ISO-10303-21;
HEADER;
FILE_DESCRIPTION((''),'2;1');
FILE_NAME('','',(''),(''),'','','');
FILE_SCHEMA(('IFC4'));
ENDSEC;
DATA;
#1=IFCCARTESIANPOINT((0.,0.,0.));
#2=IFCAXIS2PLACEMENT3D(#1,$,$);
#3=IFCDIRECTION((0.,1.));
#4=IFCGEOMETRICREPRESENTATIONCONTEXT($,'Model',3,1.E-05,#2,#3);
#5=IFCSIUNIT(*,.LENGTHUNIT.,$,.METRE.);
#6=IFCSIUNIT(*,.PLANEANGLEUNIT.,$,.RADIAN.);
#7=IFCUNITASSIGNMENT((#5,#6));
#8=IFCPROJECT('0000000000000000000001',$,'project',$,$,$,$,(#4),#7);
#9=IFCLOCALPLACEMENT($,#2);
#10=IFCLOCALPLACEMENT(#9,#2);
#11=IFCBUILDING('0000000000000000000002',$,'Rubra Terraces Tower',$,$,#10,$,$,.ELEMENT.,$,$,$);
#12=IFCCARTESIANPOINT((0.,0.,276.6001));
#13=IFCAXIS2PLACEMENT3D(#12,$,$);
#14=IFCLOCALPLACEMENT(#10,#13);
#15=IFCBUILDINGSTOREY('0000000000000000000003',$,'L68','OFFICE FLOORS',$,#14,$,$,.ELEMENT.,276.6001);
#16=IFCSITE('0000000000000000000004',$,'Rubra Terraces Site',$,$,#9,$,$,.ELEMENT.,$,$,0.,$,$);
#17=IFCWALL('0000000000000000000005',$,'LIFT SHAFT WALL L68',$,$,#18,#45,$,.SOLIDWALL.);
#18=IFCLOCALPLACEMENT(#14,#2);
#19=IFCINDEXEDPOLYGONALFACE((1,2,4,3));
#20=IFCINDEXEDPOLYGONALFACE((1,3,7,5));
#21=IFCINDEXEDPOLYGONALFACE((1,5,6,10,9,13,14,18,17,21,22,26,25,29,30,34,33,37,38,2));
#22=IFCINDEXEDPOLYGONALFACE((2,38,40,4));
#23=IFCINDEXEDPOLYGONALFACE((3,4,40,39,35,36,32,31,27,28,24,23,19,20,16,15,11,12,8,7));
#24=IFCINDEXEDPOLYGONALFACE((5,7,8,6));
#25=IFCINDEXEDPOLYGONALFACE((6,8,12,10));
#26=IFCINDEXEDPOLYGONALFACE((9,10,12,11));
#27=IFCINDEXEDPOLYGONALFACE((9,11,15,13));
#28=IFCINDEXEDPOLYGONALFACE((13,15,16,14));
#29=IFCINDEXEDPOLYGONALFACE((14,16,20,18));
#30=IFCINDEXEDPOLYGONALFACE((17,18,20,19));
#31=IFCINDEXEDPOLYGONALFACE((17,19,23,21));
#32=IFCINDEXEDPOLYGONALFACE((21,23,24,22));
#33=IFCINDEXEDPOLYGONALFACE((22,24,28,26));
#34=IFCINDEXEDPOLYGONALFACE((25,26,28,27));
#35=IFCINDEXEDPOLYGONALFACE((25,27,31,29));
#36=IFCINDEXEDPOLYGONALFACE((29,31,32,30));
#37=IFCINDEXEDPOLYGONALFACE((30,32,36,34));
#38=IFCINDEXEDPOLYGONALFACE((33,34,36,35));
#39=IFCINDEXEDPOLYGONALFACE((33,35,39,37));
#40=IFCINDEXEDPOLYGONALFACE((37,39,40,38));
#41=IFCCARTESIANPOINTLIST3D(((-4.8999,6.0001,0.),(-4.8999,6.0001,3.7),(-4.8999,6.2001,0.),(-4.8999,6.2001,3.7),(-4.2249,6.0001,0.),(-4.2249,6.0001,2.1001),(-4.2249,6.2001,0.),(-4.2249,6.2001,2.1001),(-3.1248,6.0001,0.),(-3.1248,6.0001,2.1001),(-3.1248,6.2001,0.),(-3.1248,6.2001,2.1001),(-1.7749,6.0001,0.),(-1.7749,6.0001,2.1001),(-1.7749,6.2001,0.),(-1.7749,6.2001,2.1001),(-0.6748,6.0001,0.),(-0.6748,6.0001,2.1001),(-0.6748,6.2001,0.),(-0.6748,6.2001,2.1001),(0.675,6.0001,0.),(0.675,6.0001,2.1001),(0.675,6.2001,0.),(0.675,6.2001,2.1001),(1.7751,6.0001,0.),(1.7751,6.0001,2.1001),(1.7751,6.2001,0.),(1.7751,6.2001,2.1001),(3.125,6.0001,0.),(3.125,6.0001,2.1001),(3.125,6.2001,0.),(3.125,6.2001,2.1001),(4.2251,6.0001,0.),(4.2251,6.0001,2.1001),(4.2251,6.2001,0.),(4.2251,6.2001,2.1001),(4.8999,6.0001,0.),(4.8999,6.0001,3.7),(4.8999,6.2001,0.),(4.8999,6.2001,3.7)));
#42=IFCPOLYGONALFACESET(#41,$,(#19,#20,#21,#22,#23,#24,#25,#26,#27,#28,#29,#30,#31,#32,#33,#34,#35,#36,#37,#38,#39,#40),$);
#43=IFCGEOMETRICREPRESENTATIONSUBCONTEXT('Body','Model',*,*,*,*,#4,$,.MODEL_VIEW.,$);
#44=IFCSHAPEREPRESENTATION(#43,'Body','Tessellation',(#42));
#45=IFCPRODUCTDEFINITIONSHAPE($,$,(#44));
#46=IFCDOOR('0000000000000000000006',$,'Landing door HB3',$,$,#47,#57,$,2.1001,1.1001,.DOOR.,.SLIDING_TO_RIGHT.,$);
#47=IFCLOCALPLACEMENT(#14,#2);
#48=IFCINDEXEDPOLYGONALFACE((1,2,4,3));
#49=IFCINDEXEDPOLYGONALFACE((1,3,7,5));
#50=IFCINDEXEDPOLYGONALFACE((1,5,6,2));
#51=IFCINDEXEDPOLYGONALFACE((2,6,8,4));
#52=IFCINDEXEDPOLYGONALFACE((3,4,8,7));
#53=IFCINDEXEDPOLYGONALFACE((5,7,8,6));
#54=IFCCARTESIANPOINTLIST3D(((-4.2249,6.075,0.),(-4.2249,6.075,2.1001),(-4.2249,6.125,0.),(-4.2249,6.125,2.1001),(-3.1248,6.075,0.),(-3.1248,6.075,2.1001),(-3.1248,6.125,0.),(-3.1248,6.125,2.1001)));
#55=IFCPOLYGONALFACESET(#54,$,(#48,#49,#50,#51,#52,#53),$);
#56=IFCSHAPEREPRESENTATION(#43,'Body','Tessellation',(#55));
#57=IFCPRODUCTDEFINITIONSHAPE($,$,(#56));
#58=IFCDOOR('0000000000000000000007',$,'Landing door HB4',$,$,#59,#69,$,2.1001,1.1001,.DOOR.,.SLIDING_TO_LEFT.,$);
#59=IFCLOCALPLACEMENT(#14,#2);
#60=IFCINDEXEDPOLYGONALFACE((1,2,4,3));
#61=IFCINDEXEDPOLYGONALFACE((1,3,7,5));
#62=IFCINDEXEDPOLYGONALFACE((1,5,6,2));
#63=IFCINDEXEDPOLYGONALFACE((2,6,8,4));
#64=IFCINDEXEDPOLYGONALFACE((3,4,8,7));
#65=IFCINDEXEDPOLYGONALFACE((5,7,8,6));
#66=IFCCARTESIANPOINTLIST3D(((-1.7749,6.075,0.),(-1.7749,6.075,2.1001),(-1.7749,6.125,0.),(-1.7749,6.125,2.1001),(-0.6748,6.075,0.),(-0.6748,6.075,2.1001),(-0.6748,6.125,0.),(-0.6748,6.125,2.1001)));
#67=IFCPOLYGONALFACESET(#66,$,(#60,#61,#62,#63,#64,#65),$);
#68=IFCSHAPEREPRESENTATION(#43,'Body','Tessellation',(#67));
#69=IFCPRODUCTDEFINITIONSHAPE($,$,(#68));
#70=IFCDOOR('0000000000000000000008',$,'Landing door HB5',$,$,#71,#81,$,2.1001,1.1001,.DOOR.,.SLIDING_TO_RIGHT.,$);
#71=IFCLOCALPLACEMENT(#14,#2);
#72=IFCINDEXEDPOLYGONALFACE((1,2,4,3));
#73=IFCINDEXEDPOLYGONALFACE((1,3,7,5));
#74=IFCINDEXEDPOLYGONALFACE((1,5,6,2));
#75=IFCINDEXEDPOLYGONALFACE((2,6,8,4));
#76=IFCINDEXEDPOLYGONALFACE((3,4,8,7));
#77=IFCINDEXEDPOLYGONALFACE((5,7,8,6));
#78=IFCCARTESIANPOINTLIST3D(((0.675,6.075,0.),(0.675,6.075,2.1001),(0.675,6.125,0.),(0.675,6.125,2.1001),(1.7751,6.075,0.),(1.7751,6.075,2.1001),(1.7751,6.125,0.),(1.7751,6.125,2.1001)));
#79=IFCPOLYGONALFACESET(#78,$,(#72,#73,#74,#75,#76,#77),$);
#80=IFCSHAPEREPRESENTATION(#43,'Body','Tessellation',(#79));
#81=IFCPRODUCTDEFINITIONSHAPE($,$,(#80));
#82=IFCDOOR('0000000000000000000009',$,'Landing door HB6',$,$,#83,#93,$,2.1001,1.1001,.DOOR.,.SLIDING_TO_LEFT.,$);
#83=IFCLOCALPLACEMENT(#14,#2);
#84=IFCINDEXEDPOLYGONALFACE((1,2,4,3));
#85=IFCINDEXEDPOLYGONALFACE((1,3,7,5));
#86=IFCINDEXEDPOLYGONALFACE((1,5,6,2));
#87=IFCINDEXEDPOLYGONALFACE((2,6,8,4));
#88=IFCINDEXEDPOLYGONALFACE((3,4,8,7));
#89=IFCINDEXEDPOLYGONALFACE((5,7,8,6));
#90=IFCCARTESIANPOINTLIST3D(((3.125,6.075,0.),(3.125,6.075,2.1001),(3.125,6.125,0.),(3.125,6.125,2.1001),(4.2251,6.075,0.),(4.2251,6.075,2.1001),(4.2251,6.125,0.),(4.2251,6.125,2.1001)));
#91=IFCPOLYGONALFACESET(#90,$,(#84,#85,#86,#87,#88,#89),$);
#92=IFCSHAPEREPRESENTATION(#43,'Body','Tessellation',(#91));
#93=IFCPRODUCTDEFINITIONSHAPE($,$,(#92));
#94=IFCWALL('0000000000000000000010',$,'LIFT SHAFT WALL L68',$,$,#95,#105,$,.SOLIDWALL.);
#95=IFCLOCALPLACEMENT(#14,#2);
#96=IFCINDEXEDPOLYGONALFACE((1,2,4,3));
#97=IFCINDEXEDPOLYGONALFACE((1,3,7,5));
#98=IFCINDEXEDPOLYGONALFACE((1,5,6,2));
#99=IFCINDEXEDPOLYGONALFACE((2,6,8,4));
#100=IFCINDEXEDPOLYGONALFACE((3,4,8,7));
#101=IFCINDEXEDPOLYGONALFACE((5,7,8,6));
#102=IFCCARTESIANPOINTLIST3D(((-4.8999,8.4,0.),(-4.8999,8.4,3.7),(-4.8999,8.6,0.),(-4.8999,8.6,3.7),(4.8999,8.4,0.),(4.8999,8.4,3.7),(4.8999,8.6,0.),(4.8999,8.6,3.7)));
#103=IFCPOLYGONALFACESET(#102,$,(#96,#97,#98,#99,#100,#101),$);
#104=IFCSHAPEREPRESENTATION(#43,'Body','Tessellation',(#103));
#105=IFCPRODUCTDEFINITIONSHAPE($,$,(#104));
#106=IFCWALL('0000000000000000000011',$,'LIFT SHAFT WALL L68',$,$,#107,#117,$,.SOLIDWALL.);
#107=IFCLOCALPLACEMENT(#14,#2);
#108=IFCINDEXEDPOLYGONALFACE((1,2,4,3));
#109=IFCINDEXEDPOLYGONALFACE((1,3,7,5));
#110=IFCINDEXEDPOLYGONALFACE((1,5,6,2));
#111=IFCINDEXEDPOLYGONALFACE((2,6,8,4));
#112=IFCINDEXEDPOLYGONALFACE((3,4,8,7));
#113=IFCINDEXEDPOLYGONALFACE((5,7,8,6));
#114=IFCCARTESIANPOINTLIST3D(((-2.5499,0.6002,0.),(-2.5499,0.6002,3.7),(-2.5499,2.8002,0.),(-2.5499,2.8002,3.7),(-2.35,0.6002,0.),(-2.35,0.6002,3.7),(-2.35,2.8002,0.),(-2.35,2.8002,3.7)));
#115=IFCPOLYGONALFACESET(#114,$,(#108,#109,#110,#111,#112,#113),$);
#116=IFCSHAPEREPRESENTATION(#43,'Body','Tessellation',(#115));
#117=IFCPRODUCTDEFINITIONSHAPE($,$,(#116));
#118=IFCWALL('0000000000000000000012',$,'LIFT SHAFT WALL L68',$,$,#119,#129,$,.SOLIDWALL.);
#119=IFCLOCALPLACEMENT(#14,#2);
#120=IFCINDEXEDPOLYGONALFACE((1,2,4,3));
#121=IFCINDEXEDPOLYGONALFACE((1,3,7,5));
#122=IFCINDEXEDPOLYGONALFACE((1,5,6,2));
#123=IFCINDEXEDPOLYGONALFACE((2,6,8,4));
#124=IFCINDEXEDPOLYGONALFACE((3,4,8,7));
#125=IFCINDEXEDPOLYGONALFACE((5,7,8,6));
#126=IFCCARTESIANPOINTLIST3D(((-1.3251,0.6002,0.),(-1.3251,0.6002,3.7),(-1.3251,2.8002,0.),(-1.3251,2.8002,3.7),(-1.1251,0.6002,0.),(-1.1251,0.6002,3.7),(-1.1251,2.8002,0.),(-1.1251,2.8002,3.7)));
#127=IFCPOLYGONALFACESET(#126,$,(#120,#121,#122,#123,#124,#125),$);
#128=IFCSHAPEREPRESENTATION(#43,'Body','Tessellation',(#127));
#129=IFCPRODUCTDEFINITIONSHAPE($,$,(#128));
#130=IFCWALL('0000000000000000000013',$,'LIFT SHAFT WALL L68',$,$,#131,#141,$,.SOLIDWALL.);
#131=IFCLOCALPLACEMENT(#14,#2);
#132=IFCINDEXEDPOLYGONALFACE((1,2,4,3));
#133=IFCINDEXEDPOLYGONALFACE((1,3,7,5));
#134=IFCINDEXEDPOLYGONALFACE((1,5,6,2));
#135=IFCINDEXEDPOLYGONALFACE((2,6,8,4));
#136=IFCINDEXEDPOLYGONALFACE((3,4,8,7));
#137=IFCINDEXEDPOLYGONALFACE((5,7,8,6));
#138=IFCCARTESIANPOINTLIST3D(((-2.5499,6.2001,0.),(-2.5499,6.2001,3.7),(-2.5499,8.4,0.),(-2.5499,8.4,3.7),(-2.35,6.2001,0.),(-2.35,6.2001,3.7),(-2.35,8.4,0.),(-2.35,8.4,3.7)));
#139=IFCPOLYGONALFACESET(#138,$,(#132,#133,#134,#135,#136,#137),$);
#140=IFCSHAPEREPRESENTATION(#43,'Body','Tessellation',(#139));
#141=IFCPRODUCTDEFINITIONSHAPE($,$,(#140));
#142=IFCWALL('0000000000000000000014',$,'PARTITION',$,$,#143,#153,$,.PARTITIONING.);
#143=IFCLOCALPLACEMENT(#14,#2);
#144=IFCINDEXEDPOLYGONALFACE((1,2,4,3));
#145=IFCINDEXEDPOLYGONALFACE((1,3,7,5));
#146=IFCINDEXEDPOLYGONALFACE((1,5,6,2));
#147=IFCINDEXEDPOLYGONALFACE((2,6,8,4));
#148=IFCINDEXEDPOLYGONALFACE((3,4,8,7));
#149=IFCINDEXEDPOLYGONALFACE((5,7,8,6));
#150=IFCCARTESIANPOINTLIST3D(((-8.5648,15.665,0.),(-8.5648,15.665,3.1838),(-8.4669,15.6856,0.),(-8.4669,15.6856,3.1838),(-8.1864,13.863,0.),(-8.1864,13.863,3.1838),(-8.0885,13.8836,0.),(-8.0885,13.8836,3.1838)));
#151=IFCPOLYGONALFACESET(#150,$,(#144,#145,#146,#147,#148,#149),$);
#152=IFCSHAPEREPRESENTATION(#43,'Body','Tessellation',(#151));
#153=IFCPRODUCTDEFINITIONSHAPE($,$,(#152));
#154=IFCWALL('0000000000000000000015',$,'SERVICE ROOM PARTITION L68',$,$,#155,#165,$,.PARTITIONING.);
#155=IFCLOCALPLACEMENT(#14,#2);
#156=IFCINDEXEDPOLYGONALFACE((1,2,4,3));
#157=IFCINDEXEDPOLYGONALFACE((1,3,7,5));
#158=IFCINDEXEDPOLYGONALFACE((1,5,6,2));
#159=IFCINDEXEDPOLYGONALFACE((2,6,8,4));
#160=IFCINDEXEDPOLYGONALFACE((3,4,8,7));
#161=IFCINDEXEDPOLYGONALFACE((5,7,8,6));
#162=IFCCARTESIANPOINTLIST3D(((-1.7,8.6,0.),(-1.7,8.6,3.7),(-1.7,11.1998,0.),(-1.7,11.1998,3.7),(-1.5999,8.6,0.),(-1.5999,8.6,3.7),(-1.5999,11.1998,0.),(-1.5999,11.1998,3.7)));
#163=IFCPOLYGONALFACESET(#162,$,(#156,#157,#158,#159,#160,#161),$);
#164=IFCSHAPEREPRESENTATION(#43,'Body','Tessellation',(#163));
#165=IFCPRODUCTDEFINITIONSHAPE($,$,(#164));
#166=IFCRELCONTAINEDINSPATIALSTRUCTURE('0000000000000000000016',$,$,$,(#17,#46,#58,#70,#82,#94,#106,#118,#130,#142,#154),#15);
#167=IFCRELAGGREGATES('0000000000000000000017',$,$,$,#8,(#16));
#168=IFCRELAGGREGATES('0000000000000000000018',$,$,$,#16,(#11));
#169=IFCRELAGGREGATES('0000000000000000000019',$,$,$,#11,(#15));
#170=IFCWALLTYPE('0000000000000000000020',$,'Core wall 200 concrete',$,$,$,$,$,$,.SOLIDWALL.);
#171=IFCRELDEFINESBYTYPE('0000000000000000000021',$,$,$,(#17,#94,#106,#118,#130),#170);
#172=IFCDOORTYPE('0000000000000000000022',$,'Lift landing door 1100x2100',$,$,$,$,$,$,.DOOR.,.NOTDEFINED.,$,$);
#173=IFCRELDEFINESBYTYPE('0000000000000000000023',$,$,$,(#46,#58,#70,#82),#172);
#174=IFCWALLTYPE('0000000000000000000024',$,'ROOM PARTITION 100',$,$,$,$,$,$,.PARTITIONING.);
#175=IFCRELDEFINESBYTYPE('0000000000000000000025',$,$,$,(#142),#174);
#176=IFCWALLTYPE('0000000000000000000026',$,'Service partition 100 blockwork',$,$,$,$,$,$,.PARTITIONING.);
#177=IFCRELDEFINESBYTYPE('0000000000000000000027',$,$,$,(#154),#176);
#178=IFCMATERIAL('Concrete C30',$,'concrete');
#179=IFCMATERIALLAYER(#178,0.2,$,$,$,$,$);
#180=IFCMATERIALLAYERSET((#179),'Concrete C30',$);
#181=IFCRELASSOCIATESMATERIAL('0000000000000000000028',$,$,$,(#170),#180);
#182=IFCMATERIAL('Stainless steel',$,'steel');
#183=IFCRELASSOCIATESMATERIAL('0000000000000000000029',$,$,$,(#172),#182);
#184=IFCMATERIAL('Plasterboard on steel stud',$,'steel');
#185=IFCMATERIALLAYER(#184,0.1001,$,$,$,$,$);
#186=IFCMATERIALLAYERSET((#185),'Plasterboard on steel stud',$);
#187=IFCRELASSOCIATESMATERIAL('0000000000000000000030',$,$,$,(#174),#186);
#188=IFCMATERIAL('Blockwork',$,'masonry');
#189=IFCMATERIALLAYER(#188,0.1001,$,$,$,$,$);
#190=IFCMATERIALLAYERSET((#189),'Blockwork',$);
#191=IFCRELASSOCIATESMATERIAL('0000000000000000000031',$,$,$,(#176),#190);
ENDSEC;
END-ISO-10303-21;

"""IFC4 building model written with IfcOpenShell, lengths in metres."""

from ifc_helpers import new_model, si_unit, direction, frame, frame_2d, origin, place, context, subcontext, project, spatial, rectangle, extrude, material, layer, layer_set, type_object, element, fill, save


model = new_model("IFC4")

# Units and contexts
model_context = context("Model", 3, precision=1e-05, world=origin(), true_north=direction((0.0, 1.0)))
body_context = subcontext(model_context, "Body", "Model", "MODEL_VIEW")
ifc_project = project(units=[si_unit("LENGTHUNIT", "METRE"), si_unit("PLANEANGLEUNIT", "RADIAN")], contexts=[model_context])

# Site, building, storey
site_placement = place(None, origin())
site = spatial("IfcSite", under=ifc_project, at=site_placement, Name="Rubra Terraces Site", CompositionType="ELEMENT", RefElevation=0.0)
building_placement = place(site_placement, origin())
building = spatial("IfcBuilding", under=site, at=building_placement, Name="Rubra Terraces Tower", CompositionType="ELEMENT")
storey_placement = place(building_placement, frame((0.0, 0.0, 276.6001)))
storey = spatial("IfcBuildingStorey", under=building, at=storey_placement, Name="L68", Description="OFFICE FLOORS", CompositionType="ELEMENT", Elevation=276.6001)

# Shared definitions
ifc_material_1 = material(Name="Concrete C30", Category="concrete")
ifc_layer_1 = layer(ifc_material_1, 0.2)
ifc_layer_set_1 = layer_set([ifc_layer_1], Name="Concrete C30")
wall_type_1 = type_object("IfcWallType", Name="Core wall 200 concrete", PredefinedType="SOLIDWALL", material=ifc_layer_set_1)

# Wall, openings, doors
ifc_material_2 = material(Name="Stainless steel", Category="steel")
door_type_1 = type_object("IfcDoorType", Name="Lift landing door 1100x2100", OperationType="NOTDEFINED", PredefinedType="DOOR", material=ifc_material_2)
wall_1_placement = place(storey_placement, frame((-4.8999, 6.1001, 0.0), z_axis=(0.0, 0.0, 1.0), x_axis=(1.0, 0.0, 0.0)))
wall_1 = element("IfcWall", 1, at=wall_1_placement, inside=storey, type_object=wall_type_1, Name="LIFT SHAFT WALL L68", PredefinedType="SOLIDWALL", context=body_context, shape_type="SweptSolid", body=[
    extrude(rectangle(XDim=9.7998, YDim=0.2, at=frame_2d((4.8999, 0.0))), origin(), (0.0, 0.0, 1.0), 3.7),
])
opening_1_placement = place(wall_1_placement, frame((0.675, 0.0, 0.0)))
opening_1 = element("IfcOpeningElement", 2, at=opening_1_placement, cuts=wall_1, PredefinedType="OPENING", context=body_context, shape_type="SweptSolid", body=[
    extrude(rectangle(XDim=1.1001, YDim=2.1001, at=frame_2d((0.55, 1.05))), frame((0.0, 0.1099, 0.0), z_axis=(0.0, -1.0, 0.0), x_axis=(1.0, 0.0, 0.0)), (0.0, 0.0, 1.0), 0.22),
])
opening_2_placement = place(wall_1_placement, frame((3.125, 0.0, 0.0)))
opening_2 = element("IfcOpeningElement", 3, at=opening_2_placement, cuts=wall_1, PredefinedType="OPENING", context=body_context, shape_type="SweptSolid", body=[
    extrude(rectangle(XDim=1.1001, YDim=2.1001, at=frame_2d((0.55, 1.05))), frame((0.0, 0.1099, 0.0), z_axis=(0.0, -1.0, 0.0), x_axis=(1.0, 0.0, 0.0)), (0.0, 0.0, 1.0), 0.22),
])
opening_3_placement = place(wall_1_placement, frame((5.575, 0.0, 0.0)))
opening_3 = element("IfcOpeningElement", 4, at=opening_3_placement, cuts=wall_1, PredefinedType="OPENING", context=body_context, shape_type="SweptSolid", body=[
    extrude(rectangle(XDim=1.1001, YDim=2.1001, at=frame_2d((0.55, 1.05))), frame((0.0, 0.1099, 0.0), z_axis=(0.0, -1.0, 0.0), x_axis=(1.0, 0.0, 0.0)), (0.0, 0.0, 1.0), 0.22),
])
opening_4_placement = place(wall_1_placement, frame((8.0249, 0.0, 0.0)))
opening_4 = element("IfcOpeningElement", 5, at=opening_4_placement, cuts=wall_1, PredefinedType="OPENING", context=body_context, shape_type="SweptSolid", body=[
    extrude(rectangle(XDim=1.1001, YDim=2.1001, at=frame_2d((0.55, 1.05))), frame((0.0, 0.1099, 0.0), z_axis=(0.0, -1.0, 0.0), x_axis=(1.0, 0.0, 0.0)), (0.0, 0.0, 1.0), 0.22),
])
door_1_placement = place(opening_1_placement, origin())
door_1 = element("IfcDoor", 6, at=door_1_placement, inside=storey, type_object=door_type_1, Name="Landing door HB3", OperationType="SLIDING_TO_RIGHT", OverallHeight=2.1001, OverallWidth=1.1001, PredefinedType="DOOR", context=body_context, shape_type="SweptSolid", body=[
    extrude(rectangle(XDim=1.1001, YDim=2.1001, at=frame_2d((0.55, 1.05))), frame((0.0, 0.0249, 0.0), z_axis=(0.0, -1.0, 0.0), x_axis=(1.0, 0.0, 0.0)), (0.0, 0.0, 1.0), 0.05),
])
fill(opening_1, door_1)
door_2_placement = place(opening_2_placement, origin())
door_2 = element("IfcDoor", 7, at=door_2_placement, inside=storey, type_object=door_type_1, Name="Landing door HB4", OperationType="SLIDING_TO_LEFT", OverallHeight=2.1001, OverallWidth=1.1001, PredefinedType="DOOR", context=body_context, shape_type="SweptSolid", body=[
    extrude(rectangle(XDim=1.1001, YDim=2.1001, at=frame_2d((0.55, 1.05))), frame((0.0, 0.0249, 0.0), z_axis=(0.0, -1.0, 0.0), x_axis=(1.0, 0.0, 0.0)), (0.0, 0.0, 1.0), 0.05),
])
fill(opening_2, door_2)
door_3_placement = place(opening_3_placement, origin())
door_3 = element("IfcDoor", 8, at=door_3_placement, inside=storey, type_object=door_type_1, Name="Landing door HB5", OperationType="SLIDING_TO_RIGHT", OverallHeight=2.1001, OverallWidth=1.1001, PredefinedType="DOOR", context=body_context, shape_type="SweptSolid", body=[
    extrude(rectangle(XDim=1.1001, YDim=2.1001, at=frame_2d((0.55, 1.05))), frame((0.0, 0.0249, 0.0), z_axis=(0.0, -1.0, 0.0), x_axis=(1.0, 0.0, 0.0)), (0.0, 0.0, 1.0), 0.05),
])
fill(opening_3, door_3)
door_4_placement = place(opening_4_placement, origin())
door_4 = element("IfcDoor", 9, at=door_4_placement, inside=storey, type_object=door_type_1, Name="Landing door HB6", OperationType="SLIDING_TO_LEFT", OverallHeight=2.1001, OverallWidth=1.1001, PredefinedType="DOOR", context=body_context, shape_type="SweptSolid", body=[
    extrude(rectangle(XDim=1.1001, YDim=2.1001, at=frame_2d((0.55, 1.05))), frame((0.0, 0.0249, 0.0), z_axis=(0.0, -1.0, 0.0), x_axis=(1.0, 0.0, 0.0)), (0.0, 0.0, 1.0), 0.05),
])
fill(opening_4, door_4)

# Walls
wall_2_placement = place(storey_placement, frame((-4.8999, 8.5, 0.0), z_axis=(0.0, 0.0, 1.0), x_axis=(1.0, 0.0, 0.0)))
element("IfcWall", 10, at=wall_2_placement, inside=storey, type_object=wall_type_1, Name="LIFT SHAFT WALL L68", PredefinedType="SOLIDWALL", context=body_context, shape_type="SweptSolid", body=[
    extrude(rectangle(XDim=9.7998, YDim=0.2, at=frame_2d((4.8999, 0.0))), origin(), (0.0, 0.0, 1.0), 3.7),
])
for number, where, z_axis, x_axis, name in (
    (11, (-2.45, 0.6001, 0.0), (0.0, 0.0, 1.0), (0.0, 1.0, 0.0), "LIFT SHAFT WALL L68"),
    (12, (-1.2251, 0.6001, 0.0), (0.0, 0.0, 1.0), (0.0, 1.0, 0.0), "LIFT SHAFT WALL L68"),
    (13, (-2.45, 6.2, 0.0), (0.0, 0.0, 1.0), (0.0, 1.0, 0.0), "LIFT SHAFT WALL L68"),
):
    element("IfcWall", number, at=place(storey_placement, frame(where, z_axis=z_axis, x_axis=x_axis)), inside=storey, type_object=wall_type_1, Name=name, PredefinedType="SOLIDWALL", context=body_context, shape_type="SweptSolid", body=[
        extrude(rectangle(XDim=2.2, YDim=0.2, at=frame_2d((1.1001, 0.0))), origin(), (0.0, 0.0, 1.0), 3.7),
    ])
ifc_material_3 = material(Name="Plasterboard on steel stud", Category="steel")
ifc_layer_2 = layer(ifc_material_3, 0.1001)
ifc_layer_set_2 = layer_set([ifc_layer_2], Name="Plasterboard on steel stud")
wall_type_2 = type_object("IfcWallType", Name="ROOM PARTITION 100", PredefinedType="PARTITIONING", material=ifc_layer_set_2)
wall_3_placement = place(storey_placement, frame((-8.1375, 13.8733, 0.0), z_axis=(0.0, 0.0, 1.0), x_axis=(-0.205516, 0.978654, 0.0)))
element("IfcWall", 14, at=wall_3_placement, inside=storey, type_object=wall_type_2, Name="PARTITION", PredefinedType="PARTITIONING", context=body_context, shape_type="SweptSolid", body=[
    extrude(rectangle(XDim=1.8413, YDim=0.1001, at=frame_2d((0.9207, 0.0))), origin(), (0.0, 0.0, 1.0), 3.1838),
])
ifc_material_4 = material(Name="Blockwork", Category="masonry")
ifc_layer_3 = layer(ifc_material_4, 0.1001)
ifc_layer_set_3 = layer_set([ifc_layer_3], Name="Blockwork")
wall_type_3 = type_object("IfcWallType", Name="Service partition 100 blockwork", PredefinedType="PARTITIONING", material=ifc_layer_set_3)
wall_4_placement = place(storey_placement, frame((-1.6499, 8.6001, 0.0), z_axis=(0.0, 0.0, 1.0), x_axis=(0.0, 1.0, 0.0)))
element("IfcWall", 15, at=wall_4_placement, inside=storey, type_object=wall_type_3, Name="SERVICE ROOM PARTITION L68", PredefinedType="PARTITIONING", context=body_context, shape_type="SweptSolid", body=[
    extrude(rectangle(XDim=2.5999, YDim=0.1001, at=frame_2d((1.2998, 0.0))), origin(), (0.0, 0.0, 1.0), 3.7),
])

save(model, "model.ifc")
